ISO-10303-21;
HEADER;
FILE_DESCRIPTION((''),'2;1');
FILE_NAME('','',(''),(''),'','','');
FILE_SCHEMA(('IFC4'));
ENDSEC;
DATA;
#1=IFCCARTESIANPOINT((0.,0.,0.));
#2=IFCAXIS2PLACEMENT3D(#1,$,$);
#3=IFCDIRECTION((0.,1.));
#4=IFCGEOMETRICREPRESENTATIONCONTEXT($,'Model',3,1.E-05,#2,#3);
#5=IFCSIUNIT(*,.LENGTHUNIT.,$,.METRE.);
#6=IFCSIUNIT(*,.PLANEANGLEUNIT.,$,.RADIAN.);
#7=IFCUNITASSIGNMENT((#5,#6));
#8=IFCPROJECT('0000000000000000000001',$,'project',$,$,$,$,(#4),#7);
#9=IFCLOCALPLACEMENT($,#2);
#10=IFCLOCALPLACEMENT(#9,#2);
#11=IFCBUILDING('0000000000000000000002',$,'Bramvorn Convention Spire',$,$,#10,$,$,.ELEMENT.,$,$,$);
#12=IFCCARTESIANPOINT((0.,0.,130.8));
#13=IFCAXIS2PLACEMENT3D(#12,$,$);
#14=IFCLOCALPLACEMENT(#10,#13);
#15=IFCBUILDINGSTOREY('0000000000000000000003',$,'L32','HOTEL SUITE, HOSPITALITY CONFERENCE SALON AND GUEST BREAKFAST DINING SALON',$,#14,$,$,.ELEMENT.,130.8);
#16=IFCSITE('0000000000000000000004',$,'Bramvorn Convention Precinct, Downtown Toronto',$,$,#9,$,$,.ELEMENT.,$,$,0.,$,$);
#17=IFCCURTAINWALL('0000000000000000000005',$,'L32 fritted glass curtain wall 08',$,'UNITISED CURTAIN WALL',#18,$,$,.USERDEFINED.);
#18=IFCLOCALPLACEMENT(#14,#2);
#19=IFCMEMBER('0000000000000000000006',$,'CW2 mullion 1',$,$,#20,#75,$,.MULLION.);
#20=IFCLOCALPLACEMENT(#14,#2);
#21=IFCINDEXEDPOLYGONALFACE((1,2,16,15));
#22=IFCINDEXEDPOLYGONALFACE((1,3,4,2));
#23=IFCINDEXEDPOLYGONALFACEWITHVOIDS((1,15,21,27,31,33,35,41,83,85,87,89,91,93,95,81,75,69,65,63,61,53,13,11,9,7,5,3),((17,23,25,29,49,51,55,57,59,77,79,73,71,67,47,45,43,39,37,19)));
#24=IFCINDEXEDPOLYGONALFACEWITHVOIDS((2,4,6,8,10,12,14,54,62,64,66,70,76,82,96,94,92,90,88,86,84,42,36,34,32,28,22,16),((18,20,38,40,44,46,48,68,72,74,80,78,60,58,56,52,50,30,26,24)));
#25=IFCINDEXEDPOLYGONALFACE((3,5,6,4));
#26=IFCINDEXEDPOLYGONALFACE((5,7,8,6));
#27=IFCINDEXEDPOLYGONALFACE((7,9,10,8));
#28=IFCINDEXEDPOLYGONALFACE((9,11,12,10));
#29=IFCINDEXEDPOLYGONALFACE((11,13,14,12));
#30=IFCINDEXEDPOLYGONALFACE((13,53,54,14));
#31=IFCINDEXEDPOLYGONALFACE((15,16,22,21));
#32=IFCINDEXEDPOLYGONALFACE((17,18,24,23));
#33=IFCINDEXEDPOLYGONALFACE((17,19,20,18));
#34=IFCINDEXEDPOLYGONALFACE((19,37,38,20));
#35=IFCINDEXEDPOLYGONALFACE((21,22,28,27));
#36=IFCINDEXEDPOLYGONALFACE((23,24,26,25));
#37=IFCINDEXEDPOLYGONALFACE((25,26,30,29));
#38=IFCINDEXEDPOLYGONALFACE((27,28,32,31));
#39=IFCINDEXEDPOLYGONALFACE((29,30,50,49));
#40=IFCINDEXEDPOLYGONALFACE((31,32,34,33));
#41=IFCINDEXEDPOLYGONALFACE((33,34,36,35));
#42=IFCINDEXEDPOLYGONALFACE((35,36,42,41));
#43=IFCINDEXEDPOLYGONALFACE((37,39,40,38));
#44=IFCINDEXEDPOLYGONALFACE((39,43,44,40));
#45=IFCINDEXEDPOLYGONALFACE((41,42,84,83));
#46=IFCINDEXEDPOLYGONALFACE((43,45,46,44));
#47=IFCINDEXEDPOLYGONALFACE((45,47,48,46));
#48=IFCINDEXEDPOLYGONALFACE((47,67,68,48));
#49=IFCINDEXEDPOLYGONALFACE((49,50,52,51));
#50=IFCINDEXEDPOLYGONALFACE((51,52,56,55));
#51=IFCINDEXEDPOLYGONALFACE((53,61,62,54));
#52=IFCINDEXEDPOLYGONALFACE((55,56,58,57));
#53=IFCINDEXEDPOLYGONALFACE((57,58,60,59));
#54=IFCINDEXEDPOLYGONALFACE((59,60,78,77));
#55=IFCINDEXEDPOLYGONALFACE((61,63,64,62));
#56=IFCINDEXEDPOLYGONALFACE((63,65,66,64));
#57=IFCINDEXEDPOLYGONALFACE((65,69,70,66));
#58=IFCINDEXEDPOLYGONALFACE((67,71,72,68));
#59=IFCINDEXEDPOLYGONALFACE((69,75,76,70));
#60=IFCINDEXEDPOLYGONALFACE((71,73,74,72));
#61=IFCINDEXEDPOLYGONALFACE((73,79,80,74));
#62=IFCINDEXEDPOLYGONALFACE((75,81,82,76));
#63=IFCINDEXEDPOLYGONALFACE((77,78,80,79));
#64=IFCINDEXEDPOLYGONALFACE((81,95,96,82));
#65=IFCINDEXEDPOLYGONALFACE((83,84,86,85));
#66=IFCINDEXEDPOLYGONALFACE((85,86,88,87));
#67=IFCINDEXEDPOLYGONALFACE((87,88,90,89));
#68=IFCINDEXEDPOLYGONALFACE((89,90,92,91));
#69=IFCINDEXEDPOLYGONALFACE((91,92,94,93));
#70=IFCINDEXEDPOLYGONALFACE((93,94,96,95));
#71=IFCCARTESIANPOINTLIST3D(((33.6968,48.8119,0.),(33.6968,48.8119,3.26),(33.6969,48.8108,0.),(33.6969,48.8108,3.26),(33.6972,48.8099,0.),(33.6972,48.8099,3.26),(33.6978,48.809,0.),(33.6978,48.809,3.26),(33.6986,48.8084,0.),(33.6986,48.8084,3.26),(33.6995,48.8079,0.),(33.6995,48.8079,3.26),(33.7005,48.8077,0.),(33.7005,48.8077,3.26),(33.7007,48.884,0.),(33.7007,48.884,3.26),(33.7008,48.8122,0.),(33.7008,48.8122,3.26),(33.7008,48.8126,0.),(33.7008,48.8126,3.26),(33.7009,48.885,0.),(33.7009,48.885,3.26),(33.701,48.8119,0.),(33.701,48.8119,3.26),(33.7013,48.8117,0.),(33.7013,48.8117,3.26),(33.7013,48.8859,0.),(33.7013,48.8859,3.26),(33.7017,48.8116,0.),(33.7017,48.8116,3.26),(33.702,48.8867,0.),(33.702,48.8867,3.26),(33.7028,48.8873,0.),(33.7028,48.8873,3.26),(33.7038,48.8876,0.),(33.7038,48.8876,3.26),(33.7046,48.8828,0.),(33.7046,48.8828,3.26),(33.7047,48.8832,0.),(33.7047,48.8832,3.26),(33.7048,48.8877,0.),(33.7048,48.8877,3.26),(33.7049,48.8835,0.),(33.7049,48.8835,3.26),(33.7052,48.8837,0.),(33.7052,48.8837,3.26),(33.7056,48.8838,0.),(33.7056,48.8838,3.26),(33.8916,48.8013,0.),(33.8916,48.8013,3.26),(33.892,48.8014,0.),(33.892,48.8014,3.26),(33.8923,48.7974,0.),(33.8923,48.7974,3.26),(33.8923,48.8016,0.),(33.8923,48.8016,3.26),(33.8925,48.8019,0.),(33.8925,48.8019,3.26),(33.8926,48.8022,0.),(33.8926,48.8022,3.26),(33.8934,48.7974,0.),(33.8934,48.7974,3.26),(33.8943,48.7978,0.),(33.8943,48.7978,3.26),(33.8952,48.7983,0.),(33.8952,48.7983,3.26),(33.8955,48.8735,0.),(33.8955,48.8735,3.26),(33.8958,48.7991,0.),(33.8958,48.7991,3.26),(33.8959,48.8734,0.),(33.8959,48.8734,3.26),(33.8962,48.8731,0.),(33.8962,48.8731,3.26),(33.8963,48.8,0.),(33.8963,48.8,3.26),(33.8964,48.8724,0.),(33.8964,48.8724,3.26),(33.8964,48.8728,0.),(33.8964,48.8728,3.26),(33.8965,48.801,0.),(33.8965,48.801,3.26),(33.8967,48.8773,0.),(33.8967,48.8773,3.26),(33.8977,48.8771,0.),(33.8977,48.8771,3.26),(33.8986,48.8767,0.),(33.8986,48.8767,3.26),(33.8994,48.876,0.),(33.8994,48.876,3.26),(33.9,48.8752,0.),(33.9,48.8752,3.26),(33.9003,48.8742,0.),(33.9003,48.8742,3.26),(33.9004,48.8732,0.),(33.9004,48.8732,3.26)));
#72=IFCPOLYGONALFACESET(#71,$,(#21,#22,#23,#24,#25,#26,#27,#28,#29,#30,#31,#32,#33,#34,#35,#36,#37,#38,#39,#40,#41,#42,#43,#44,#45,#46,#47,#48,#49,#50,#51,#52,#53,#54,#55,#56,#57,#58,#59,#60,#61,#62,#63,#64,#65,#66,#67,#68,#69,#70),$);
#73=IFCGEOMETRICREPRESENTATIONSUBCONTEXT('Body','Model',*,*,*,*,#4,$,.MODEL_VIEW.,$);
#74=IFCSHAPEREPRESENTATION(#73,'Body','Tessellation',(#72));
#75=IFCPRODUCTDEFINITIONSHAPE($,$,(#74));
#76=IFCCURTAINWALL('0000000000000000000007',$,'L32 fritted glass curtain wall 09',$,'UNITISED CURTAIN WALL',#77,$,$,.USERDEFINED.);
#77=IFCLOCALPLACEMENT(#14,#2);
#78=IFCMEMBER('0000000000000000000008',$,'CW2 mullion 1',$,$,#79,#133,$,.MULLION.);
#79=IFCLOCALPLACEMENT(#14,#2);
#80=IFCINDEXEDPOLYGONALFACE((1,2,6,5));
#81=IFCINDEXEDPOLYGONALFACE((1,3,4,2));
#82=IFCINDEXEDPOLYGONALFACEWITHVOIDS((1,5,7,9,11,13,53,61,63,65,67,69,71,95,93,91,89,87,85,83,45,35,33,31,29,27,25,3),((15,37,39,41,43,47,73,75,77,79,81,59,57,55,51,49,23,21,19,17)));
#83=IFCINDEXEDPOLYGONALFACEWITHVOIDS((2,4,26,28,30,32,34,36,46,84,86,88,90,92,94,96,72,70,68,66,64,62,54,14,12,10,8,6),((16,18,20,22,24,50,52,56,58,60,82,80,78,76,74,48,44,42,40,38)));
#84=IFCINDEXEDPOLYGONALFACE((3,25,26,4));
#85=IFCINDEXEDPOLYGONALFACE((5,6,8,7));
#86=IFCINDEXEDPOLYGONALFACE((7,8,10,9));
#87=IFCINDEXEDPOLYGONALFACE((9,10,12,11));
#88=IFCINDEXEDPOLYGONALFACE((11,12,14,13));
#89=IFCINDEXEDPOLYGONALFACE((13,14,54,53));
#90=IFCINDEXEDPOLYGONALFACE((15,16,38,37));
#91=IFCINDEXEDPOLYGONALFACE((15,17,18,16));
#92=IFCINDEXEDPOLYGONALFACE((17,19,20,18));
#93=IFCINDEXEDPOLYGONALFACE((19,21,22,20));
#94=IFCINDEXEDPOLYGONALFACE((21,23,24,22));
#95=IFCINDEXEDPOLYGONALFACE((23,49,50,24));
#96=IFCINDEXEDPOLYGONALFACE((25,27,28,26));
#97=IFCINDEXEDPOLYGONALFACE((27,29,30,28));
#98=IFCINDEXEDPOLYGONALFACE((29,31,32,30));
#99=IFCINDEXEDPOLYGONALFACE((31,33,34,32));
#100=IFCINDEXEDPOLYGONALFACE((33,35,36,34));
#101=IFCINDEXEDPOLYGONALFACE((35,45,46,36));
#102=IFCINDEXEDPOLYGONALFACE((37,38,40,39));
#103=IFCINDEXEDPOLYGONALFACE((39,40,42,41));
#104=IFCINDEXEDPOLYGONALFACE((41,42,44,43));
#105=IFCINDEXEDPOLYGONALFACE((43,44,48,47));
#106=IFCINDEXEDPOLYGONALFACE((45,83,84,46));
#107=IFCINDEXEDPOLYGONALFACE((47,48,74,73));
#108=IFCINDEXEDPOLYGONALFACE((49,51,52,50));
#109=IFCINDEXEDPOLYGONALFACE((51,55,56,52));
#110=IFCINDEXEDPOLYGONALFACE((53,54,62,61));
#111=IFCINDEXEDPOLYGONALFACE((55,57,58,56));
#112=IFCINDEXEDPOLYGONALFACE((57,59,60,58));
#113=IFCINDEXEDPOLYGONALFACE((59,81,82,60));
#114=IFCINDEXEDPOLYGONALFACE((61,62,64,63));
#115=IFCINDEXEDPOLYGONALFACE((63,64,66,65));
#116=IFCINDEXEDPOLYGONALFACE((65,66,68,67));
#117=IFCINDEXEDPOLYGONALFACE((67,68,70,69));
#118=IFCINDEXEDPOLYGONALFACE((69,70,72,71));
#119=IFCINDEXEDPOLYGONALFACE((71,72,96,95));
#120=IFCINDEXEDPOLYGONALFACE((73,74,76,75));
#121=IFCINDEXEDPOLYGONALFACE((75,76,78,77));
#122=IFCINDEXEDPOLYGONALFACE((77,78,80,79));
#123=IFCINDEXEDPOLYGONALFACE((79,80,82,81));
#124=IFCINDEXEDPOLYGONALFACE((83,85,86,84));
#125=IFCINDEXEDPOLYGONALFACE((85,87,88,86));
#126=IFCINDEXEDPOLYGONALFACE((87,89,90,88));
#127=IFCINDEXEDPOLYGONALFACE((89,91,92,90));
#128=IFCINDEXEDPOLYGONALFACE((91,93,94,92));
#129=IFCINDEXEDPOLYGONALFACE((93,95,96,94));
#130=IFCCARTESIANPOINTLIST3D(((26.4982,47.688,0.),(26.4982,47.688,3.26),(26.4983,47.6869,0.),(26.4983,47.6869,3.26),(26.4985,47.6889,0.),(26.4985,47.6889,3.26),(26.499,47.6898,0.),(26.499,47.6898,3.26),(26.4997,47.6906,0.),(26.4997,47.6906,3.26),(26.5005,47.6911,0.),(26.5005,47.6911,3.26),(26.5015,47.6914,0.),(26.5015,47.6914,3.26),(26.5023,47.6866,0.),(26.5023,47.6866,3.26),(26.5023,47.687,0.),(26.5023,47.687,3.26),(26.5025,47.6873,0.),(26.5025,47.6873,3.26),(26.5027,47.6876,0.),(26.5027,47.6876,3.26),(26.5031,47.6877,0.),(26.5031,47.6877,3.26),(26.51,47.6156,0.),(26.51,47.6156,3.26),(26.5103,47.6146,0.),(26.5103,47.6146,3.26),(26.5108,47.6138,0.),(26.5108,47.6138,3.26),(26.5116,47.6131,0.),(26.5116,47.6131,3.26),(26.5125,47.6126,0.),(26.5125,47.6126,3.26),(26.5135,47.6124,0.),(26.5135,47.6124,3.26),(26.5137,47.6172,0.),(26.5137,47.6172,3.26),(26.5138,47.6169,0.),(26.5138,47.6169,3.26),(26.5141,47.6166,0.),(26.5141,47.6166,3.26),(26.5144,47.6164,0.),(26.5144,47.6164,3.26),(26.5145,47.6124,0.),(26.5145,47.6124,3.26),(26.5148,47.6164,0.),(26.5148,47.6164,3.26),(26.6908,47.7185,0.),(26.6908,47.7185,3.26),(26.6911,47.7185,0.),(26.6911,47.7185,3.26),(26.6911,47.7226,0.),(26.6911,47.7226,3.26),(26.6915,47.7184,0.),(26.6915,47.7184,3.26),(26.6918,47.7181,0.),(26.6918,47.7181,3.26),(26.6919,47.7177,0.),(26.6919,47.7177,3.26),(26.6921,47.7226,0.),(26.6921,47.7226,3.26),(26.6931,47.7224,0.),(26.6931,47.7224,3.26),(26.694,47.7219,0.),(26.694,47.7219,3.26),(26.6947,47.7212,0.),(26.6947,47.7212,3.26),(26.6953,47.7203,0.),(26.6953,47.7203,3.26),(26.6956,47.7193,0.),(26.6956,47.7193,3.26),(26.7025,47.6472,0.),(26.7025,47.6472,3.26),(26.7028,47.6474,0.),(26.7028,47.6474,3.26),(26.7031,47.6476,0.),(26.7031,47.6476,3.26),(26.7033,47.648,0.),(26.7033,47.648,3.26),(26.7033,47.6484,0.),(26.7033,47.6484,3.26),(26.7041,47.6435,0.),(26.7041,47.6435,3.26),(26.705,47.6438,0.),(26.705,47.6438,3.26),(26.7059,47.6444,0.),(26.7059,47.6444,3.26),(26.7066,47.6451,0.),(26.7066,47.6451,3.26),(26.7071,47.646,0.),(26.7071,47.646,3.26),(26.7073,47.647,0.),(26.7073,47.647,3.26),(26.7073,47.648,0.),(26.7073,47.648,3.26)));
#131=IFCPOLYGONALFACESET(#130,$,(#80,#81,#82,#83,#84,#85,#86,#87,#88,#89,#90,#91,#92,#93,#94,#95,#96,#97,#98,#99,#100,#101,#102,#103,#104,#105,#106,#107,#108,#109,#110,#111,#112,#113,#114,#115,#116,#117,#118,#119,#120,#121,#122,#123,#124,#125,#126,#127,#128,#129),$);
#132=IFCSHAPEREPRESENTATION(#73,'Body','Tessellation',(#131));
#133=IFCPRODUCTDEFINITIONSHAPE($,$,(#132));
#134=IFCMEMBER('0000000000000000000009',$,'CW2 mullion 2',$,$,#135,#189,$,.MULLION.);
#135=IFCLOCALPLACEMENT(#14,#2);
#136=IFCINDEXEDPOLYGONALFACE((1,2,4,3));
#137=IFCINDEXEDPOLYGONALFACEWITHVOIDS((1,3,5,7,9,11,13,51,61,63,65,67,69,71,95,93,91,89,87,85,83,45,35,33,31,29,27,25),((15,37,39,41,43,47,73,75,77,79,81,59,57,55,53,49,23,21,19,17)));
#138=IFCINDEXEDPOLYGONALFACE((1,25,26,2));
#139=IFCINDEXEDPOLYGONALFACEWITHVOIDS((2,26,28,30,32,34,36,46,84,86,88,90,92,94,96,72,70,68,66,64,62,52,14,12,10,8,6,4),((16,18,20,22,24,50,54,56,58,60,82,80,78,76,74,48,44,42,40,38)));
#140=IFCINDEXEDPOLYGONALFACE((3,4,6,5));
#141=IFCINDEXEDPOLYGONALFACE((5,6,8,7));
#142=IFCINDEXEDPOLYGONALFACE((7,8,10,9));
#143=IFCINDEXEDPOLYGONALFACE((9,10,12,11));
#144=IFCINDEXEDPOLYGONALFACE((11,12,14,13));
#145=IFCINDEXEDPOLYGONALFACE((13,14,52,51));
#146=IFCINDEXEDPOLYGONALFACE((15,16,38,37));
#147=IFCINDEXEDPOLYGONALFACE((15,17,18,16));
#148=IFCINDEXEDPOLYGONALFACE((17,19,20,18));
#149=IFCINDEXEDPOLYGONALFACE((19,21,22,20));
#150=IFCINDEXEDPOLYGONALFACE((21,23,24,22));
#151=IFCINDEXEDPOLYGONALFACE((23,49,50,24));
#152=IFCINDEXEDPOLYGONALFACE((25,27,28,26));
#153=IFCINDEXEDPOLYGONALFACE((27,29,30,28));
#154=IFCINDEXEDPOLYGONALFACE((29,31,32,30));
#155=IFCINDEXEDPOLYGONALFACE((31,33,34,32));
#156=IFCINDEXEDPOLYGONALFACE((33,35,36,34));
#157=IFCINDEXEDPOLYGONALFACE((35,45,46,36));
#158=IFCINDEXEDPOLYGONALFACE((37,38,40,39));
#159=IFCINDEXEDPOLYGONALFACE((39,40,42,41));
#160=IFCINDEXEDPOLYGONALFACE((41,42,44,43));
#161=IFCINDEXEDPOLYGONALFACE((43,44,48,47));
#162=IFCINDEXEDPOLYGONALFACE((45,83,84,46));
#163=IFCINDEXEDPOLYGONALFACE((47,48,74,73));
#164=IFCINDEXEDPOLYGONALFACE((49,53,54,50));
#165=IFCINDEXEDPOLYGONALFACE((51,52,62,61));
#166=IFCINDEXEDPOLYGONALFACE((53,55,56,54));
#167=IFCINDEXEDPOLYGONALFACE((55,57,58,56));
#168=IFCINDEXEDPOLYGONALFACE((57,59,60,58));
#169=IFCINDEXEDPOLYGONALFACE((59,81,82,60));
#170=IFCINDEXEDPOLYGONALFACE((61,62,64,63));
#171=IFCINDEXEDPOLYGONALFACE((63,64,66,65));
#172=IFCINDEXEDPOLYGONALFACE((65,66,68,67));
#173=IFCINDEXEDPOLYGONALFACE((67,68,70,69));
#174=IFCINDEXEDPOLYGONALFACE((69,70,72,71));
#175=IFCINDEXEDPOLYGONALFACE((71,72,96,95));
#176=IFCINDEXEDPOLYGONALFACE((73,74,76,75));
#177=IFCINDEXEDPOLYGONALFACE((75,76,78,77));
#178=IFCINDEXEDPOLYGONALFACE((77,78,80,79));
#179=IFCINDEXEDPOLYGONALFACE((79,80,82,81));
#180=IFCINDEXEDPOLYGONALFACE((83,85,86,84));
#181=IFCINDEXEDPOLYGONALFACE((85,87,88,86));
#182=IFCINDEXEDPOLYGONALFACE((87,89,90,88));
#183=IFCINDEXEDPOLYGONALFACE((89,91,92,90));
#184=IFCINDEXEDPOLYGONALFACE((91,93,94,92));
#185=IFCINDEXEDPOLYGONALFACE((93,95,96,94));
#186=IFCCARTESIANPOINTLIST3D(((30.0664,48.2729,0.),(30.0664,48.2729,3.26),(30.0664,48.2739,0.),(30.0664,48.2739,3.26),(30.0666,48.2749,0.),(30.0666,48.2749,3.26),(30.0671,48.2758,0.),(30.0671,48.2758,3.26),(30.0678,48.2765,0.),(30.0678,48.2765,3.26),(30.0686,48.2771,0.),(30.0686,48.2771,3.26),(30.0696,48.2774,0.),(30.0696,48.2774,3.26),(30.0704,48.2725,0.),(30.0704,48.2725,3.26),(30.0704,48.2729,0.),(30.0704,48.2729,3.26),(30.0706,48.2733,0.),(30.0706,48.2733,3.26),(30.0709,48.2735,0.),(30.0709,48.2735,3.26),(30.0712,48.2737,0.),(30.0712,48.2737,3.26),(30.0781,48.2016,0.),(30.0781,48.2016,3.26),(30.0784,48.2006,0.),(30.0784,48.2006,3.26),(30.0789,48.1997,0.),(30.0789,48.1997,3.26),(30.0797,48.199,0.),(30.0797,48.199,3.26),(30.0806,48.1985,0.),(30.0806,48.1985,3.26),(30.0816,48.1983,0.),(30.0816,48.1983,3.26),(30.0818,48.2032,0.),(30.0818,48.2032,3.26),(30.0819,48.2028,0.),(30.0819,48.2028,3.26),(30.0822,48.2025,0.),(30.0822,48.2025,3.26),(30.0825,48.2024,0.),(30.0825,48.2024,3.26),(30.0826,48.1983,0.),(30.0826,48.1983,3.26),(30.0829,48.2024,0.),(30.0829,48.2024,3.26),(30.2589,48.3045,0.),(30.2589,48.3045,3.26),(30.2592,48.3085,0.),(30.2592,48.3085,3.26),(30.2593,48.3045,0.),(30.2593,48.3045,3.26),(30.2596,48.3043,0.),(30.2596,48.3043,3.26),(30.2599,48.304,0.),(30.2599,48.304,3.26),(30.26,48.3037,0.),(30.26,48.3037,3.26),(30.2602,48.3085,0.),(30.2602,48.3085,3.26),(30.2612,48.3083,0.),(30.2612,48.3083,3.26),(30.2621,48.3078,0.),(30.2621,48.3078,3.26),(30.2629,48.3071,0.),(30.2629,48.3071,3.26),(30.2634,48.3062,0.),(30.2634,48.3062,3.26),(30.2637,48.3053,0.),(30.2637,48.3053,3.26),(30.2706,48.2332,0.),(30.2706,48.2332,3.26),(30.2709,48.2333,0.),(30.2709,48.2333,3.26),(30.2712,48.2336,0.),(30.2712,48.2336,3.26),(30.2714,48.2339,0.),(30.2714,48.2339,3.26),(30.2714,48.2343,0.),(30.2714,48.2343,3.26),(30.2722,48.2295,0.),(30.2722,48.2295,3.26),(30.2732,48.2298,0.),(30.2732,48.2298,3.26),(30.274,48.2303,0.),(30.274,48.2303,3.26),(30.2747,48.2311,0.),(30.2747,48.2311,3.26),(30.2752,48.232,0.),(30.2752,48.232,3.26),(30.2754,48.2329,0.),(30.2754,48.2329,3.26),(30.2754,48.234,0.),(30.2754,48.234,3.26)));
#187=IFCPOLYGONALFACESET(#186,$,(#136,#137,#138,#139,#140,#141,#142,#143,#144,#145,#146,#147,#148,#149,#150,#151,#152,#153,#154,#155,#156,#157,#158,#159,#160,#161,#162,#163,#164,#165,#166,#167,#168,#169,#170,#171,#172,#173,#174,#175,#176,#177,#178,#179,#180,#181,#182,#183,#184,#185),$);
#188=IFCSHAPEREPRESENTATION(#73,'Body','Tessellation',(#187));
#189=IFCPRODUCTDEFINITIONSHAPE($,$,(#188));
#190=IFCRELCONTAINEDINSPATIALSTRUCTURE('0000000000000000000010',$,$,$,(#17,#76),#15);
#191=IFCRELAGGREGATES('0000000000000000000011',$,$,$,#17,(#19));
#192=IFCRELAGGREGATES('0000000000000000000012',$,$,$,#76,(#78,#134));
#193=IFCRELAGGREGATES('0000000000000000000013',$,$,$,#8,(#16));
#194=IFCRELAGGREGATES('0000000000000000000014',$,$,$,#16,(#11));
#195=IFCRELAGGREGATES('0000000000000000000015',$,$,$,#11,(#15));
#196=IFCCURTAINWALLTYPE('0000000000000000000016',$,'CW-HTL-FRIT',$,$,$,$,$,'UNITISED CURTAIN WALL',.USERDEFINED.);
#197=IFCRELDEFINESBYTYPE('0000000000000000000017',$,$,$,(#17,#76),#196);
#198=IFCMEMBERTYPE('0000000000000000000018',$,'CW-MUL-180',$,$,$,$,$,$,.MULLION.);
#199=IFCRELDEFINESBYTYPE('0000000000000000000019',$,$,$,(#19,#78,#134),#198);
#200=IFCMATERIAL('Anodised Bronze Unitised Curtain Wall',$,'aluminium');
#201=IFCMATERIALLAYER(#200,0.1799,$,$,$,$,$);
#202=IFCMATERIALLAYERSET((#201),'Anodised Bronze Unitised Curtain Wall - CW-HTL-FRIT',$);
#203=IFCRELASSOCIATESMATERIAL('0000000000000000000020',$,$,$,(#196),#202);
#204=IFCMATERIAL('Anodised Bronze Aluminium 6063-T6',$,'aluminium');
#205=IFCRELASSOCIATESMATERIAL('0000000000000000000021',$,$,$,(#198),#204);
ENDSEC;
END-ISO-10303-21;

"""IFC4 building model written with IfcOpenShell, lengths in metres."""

from ifc_helpers import new_model, si_unit, direction, frame, origin, origin_2d, place, context, subcontext, project, spatial, hollow_rectangle, extrude, material, layer, layer_set, material_profile, profile_set, type_object, element, aggregate, save


model = new_model("IFC4")

# Units and contexts
model_context = context("Model", 3, precision=1e-05, world=origin(), true_north=direction((0.0, 1.0)))
body_context = subcontext(model_context, "Body", "Model", "MODEL_VIEW")
ifc_project = project(units=[si_unit("LENGTHUNIT", "METRE"), si_unit("PLANEANGLEUNIT", "RADIAN")], contexts=[model_context])

# Site, building, storey
site_placement = place(None, origin())
site = spatial("IfcSite", under=ifc_project, at=site_placement, Name="Bramvorn Convention Precinct, Downtown Toronto", CompositionType="ELEMENT", RefElevation=0.0)
building_placement = place(site_placement, origin())
building = spatial("IfcBuilding", under=site, at=building_placement, Name="Bramvorn Convention Spire", CompositionType="ELEMENT")
storey_placement = place(building_placement, frame((0.0, 0.0, 130.8)))
storey = spatial("IfcBuildingStorey", under=building, at=storey_placement, Name="L32", Description="HOTEL SUITE, HOSPITALITY CONFERENCE SALON AND GUEST BREAKFAST DINING SALON", CompositionType="ELEMENT", Elevation=130.8)

# Curtain wall, member
ifc_material_1 = material(Name="Anodised Bronze Unitised Curtain Wall", Category="aluminium")
ifc_layer_1 = layer(ifc_material_1, 0.1799)
ifc_layer_set_1 = layer_set([ifc_layer_1], Name="Anodised Bronze Unitised Curtain Wall - CW-HTL-FRIT")
curtain_wall_type = type_object("IfcCurtainWallType", Name="CW-HTL-FRIT", ElementType="UNITISED CURTAIN WALL", PredefinedType="USERDEFINED", material=ifc_layer_set_1)
curtain_wall_1_placement = place(storey_placement, origin())
curtain_wall_1 = element("IfcCurtainWall", 1, at=curtain_wall_1_placement, inside=storey, type_object=curtain_wall_type, Name="L32 fritted glass curtain wall 08", ObjectType="UNITISED CURTAIN WALL", PredefinedType="USERDEFINED")
ifc_material_2 = material(Name="Anodised Bronze Aluminium 6063-T6", Category="aluminium")
ifc_material_profile_1 = material_profile(ifc_material_2, hollow_rectangle(XDim=0.0801, YDim=0.2, WallThickness=0.0039, InnerFilletRadius=0.001, OuterFilletRadius=0.0039, at=origin_2d()))
ifc_profile_set_1 = profile_set([ifc_material_profile_1], Name="Anodised Bronze Aluminium 6063-T6 - CWM80X200")
member_type_1 = type_object("IfcMemberType", Name="CW-MUL-180", PredefinedType="MULLION", material=ifc_profile_set_1)
member_1_placement = place(storey_placement, frame((33.7986, 48.8425, 0.0), z_axis=(0.0, 0.0, 1.0), x_axis=(0.054075, 0.998537, 0.0)))
member_1 = element("IfcMember", 2, at=member_1_placement, type_object=member_type_1, Name="CW2 mullion 1", PredefinedType="MULLION", context=body_context, shape_type="SweptSolid", body=[
    extrude(hollow_rectangle(XDim=0.0801, YDim=0.2, WallThickness=0.0039, InnerFilletRadius=0.001, OuterFilletRadius=0.0039, at=origin_2d()), origin(), (0.0, 0.0, 1.0), 3.26),
])

# Curtain wall, members
curtain_wall_2_placement = place(storey_placement, origin())
curtain_wall_2 = element("IfcCurtainWall", 3, at=curtain_wall_2_placement, inside=storey, type_object=curtain_wall_type, Name="L32 fritted glass curtain wall 09", ObjectType="UNITISED CURTAIN WALL", PredefinedType="USERDEFINED")
member_2_placement = place(storey_placement, frame((26.6028, 47.6675, 0.0), z_axis=(0.0, 0.0, 1.0), x_axis=(-0.162046, 0.986783, 0.0)))
member_2 = element("IfcMember", 4, at=member_2_placement, type_object=member_type_1, Name="CW2 mullion 1", PredefinedType="MULLION", context=body_context, shape_type="SweptSolid", body=[
    extrude(hollow_rectangle(XDim=0.0801, YDim=0.2, WallThickness=0.0039, InnerFilletRadius=0.001, OuterFilletRadius=0.0039, at=origin_2d()), origin(), (0.0, 0.0, 1.0), 3.26),
])
member_3_placement = place(storey_placement, frame((30.1709, 48.2534, 0.0), z_axis=(0.0, 0.0, 1.0), x_axis=(-0.162046, 0.986783, 0.0)))
member_3 = element("IfcMember", 5, at=member_3_placement, type_object=member_type_1, Name="CW2 mullion 2", PredefinedType="MULLION", context=body_context, shape_type="SweptSolid", body=[
    extrude(hollow_rectangle(XDim=0.0801, YDim=0.2, WallThickness=0.0039, InnerFilletRadius=0.001, OuterFilletRadius=0.0039, at=origin_2d()), origin(), (0.0, 0.0, 1.0), 3.26),
])

aggregate(curtain_wall_1, [member_1])

aggregate(curtain_wall_2, [member_2, member_3])

save(model, "model.ifc")
